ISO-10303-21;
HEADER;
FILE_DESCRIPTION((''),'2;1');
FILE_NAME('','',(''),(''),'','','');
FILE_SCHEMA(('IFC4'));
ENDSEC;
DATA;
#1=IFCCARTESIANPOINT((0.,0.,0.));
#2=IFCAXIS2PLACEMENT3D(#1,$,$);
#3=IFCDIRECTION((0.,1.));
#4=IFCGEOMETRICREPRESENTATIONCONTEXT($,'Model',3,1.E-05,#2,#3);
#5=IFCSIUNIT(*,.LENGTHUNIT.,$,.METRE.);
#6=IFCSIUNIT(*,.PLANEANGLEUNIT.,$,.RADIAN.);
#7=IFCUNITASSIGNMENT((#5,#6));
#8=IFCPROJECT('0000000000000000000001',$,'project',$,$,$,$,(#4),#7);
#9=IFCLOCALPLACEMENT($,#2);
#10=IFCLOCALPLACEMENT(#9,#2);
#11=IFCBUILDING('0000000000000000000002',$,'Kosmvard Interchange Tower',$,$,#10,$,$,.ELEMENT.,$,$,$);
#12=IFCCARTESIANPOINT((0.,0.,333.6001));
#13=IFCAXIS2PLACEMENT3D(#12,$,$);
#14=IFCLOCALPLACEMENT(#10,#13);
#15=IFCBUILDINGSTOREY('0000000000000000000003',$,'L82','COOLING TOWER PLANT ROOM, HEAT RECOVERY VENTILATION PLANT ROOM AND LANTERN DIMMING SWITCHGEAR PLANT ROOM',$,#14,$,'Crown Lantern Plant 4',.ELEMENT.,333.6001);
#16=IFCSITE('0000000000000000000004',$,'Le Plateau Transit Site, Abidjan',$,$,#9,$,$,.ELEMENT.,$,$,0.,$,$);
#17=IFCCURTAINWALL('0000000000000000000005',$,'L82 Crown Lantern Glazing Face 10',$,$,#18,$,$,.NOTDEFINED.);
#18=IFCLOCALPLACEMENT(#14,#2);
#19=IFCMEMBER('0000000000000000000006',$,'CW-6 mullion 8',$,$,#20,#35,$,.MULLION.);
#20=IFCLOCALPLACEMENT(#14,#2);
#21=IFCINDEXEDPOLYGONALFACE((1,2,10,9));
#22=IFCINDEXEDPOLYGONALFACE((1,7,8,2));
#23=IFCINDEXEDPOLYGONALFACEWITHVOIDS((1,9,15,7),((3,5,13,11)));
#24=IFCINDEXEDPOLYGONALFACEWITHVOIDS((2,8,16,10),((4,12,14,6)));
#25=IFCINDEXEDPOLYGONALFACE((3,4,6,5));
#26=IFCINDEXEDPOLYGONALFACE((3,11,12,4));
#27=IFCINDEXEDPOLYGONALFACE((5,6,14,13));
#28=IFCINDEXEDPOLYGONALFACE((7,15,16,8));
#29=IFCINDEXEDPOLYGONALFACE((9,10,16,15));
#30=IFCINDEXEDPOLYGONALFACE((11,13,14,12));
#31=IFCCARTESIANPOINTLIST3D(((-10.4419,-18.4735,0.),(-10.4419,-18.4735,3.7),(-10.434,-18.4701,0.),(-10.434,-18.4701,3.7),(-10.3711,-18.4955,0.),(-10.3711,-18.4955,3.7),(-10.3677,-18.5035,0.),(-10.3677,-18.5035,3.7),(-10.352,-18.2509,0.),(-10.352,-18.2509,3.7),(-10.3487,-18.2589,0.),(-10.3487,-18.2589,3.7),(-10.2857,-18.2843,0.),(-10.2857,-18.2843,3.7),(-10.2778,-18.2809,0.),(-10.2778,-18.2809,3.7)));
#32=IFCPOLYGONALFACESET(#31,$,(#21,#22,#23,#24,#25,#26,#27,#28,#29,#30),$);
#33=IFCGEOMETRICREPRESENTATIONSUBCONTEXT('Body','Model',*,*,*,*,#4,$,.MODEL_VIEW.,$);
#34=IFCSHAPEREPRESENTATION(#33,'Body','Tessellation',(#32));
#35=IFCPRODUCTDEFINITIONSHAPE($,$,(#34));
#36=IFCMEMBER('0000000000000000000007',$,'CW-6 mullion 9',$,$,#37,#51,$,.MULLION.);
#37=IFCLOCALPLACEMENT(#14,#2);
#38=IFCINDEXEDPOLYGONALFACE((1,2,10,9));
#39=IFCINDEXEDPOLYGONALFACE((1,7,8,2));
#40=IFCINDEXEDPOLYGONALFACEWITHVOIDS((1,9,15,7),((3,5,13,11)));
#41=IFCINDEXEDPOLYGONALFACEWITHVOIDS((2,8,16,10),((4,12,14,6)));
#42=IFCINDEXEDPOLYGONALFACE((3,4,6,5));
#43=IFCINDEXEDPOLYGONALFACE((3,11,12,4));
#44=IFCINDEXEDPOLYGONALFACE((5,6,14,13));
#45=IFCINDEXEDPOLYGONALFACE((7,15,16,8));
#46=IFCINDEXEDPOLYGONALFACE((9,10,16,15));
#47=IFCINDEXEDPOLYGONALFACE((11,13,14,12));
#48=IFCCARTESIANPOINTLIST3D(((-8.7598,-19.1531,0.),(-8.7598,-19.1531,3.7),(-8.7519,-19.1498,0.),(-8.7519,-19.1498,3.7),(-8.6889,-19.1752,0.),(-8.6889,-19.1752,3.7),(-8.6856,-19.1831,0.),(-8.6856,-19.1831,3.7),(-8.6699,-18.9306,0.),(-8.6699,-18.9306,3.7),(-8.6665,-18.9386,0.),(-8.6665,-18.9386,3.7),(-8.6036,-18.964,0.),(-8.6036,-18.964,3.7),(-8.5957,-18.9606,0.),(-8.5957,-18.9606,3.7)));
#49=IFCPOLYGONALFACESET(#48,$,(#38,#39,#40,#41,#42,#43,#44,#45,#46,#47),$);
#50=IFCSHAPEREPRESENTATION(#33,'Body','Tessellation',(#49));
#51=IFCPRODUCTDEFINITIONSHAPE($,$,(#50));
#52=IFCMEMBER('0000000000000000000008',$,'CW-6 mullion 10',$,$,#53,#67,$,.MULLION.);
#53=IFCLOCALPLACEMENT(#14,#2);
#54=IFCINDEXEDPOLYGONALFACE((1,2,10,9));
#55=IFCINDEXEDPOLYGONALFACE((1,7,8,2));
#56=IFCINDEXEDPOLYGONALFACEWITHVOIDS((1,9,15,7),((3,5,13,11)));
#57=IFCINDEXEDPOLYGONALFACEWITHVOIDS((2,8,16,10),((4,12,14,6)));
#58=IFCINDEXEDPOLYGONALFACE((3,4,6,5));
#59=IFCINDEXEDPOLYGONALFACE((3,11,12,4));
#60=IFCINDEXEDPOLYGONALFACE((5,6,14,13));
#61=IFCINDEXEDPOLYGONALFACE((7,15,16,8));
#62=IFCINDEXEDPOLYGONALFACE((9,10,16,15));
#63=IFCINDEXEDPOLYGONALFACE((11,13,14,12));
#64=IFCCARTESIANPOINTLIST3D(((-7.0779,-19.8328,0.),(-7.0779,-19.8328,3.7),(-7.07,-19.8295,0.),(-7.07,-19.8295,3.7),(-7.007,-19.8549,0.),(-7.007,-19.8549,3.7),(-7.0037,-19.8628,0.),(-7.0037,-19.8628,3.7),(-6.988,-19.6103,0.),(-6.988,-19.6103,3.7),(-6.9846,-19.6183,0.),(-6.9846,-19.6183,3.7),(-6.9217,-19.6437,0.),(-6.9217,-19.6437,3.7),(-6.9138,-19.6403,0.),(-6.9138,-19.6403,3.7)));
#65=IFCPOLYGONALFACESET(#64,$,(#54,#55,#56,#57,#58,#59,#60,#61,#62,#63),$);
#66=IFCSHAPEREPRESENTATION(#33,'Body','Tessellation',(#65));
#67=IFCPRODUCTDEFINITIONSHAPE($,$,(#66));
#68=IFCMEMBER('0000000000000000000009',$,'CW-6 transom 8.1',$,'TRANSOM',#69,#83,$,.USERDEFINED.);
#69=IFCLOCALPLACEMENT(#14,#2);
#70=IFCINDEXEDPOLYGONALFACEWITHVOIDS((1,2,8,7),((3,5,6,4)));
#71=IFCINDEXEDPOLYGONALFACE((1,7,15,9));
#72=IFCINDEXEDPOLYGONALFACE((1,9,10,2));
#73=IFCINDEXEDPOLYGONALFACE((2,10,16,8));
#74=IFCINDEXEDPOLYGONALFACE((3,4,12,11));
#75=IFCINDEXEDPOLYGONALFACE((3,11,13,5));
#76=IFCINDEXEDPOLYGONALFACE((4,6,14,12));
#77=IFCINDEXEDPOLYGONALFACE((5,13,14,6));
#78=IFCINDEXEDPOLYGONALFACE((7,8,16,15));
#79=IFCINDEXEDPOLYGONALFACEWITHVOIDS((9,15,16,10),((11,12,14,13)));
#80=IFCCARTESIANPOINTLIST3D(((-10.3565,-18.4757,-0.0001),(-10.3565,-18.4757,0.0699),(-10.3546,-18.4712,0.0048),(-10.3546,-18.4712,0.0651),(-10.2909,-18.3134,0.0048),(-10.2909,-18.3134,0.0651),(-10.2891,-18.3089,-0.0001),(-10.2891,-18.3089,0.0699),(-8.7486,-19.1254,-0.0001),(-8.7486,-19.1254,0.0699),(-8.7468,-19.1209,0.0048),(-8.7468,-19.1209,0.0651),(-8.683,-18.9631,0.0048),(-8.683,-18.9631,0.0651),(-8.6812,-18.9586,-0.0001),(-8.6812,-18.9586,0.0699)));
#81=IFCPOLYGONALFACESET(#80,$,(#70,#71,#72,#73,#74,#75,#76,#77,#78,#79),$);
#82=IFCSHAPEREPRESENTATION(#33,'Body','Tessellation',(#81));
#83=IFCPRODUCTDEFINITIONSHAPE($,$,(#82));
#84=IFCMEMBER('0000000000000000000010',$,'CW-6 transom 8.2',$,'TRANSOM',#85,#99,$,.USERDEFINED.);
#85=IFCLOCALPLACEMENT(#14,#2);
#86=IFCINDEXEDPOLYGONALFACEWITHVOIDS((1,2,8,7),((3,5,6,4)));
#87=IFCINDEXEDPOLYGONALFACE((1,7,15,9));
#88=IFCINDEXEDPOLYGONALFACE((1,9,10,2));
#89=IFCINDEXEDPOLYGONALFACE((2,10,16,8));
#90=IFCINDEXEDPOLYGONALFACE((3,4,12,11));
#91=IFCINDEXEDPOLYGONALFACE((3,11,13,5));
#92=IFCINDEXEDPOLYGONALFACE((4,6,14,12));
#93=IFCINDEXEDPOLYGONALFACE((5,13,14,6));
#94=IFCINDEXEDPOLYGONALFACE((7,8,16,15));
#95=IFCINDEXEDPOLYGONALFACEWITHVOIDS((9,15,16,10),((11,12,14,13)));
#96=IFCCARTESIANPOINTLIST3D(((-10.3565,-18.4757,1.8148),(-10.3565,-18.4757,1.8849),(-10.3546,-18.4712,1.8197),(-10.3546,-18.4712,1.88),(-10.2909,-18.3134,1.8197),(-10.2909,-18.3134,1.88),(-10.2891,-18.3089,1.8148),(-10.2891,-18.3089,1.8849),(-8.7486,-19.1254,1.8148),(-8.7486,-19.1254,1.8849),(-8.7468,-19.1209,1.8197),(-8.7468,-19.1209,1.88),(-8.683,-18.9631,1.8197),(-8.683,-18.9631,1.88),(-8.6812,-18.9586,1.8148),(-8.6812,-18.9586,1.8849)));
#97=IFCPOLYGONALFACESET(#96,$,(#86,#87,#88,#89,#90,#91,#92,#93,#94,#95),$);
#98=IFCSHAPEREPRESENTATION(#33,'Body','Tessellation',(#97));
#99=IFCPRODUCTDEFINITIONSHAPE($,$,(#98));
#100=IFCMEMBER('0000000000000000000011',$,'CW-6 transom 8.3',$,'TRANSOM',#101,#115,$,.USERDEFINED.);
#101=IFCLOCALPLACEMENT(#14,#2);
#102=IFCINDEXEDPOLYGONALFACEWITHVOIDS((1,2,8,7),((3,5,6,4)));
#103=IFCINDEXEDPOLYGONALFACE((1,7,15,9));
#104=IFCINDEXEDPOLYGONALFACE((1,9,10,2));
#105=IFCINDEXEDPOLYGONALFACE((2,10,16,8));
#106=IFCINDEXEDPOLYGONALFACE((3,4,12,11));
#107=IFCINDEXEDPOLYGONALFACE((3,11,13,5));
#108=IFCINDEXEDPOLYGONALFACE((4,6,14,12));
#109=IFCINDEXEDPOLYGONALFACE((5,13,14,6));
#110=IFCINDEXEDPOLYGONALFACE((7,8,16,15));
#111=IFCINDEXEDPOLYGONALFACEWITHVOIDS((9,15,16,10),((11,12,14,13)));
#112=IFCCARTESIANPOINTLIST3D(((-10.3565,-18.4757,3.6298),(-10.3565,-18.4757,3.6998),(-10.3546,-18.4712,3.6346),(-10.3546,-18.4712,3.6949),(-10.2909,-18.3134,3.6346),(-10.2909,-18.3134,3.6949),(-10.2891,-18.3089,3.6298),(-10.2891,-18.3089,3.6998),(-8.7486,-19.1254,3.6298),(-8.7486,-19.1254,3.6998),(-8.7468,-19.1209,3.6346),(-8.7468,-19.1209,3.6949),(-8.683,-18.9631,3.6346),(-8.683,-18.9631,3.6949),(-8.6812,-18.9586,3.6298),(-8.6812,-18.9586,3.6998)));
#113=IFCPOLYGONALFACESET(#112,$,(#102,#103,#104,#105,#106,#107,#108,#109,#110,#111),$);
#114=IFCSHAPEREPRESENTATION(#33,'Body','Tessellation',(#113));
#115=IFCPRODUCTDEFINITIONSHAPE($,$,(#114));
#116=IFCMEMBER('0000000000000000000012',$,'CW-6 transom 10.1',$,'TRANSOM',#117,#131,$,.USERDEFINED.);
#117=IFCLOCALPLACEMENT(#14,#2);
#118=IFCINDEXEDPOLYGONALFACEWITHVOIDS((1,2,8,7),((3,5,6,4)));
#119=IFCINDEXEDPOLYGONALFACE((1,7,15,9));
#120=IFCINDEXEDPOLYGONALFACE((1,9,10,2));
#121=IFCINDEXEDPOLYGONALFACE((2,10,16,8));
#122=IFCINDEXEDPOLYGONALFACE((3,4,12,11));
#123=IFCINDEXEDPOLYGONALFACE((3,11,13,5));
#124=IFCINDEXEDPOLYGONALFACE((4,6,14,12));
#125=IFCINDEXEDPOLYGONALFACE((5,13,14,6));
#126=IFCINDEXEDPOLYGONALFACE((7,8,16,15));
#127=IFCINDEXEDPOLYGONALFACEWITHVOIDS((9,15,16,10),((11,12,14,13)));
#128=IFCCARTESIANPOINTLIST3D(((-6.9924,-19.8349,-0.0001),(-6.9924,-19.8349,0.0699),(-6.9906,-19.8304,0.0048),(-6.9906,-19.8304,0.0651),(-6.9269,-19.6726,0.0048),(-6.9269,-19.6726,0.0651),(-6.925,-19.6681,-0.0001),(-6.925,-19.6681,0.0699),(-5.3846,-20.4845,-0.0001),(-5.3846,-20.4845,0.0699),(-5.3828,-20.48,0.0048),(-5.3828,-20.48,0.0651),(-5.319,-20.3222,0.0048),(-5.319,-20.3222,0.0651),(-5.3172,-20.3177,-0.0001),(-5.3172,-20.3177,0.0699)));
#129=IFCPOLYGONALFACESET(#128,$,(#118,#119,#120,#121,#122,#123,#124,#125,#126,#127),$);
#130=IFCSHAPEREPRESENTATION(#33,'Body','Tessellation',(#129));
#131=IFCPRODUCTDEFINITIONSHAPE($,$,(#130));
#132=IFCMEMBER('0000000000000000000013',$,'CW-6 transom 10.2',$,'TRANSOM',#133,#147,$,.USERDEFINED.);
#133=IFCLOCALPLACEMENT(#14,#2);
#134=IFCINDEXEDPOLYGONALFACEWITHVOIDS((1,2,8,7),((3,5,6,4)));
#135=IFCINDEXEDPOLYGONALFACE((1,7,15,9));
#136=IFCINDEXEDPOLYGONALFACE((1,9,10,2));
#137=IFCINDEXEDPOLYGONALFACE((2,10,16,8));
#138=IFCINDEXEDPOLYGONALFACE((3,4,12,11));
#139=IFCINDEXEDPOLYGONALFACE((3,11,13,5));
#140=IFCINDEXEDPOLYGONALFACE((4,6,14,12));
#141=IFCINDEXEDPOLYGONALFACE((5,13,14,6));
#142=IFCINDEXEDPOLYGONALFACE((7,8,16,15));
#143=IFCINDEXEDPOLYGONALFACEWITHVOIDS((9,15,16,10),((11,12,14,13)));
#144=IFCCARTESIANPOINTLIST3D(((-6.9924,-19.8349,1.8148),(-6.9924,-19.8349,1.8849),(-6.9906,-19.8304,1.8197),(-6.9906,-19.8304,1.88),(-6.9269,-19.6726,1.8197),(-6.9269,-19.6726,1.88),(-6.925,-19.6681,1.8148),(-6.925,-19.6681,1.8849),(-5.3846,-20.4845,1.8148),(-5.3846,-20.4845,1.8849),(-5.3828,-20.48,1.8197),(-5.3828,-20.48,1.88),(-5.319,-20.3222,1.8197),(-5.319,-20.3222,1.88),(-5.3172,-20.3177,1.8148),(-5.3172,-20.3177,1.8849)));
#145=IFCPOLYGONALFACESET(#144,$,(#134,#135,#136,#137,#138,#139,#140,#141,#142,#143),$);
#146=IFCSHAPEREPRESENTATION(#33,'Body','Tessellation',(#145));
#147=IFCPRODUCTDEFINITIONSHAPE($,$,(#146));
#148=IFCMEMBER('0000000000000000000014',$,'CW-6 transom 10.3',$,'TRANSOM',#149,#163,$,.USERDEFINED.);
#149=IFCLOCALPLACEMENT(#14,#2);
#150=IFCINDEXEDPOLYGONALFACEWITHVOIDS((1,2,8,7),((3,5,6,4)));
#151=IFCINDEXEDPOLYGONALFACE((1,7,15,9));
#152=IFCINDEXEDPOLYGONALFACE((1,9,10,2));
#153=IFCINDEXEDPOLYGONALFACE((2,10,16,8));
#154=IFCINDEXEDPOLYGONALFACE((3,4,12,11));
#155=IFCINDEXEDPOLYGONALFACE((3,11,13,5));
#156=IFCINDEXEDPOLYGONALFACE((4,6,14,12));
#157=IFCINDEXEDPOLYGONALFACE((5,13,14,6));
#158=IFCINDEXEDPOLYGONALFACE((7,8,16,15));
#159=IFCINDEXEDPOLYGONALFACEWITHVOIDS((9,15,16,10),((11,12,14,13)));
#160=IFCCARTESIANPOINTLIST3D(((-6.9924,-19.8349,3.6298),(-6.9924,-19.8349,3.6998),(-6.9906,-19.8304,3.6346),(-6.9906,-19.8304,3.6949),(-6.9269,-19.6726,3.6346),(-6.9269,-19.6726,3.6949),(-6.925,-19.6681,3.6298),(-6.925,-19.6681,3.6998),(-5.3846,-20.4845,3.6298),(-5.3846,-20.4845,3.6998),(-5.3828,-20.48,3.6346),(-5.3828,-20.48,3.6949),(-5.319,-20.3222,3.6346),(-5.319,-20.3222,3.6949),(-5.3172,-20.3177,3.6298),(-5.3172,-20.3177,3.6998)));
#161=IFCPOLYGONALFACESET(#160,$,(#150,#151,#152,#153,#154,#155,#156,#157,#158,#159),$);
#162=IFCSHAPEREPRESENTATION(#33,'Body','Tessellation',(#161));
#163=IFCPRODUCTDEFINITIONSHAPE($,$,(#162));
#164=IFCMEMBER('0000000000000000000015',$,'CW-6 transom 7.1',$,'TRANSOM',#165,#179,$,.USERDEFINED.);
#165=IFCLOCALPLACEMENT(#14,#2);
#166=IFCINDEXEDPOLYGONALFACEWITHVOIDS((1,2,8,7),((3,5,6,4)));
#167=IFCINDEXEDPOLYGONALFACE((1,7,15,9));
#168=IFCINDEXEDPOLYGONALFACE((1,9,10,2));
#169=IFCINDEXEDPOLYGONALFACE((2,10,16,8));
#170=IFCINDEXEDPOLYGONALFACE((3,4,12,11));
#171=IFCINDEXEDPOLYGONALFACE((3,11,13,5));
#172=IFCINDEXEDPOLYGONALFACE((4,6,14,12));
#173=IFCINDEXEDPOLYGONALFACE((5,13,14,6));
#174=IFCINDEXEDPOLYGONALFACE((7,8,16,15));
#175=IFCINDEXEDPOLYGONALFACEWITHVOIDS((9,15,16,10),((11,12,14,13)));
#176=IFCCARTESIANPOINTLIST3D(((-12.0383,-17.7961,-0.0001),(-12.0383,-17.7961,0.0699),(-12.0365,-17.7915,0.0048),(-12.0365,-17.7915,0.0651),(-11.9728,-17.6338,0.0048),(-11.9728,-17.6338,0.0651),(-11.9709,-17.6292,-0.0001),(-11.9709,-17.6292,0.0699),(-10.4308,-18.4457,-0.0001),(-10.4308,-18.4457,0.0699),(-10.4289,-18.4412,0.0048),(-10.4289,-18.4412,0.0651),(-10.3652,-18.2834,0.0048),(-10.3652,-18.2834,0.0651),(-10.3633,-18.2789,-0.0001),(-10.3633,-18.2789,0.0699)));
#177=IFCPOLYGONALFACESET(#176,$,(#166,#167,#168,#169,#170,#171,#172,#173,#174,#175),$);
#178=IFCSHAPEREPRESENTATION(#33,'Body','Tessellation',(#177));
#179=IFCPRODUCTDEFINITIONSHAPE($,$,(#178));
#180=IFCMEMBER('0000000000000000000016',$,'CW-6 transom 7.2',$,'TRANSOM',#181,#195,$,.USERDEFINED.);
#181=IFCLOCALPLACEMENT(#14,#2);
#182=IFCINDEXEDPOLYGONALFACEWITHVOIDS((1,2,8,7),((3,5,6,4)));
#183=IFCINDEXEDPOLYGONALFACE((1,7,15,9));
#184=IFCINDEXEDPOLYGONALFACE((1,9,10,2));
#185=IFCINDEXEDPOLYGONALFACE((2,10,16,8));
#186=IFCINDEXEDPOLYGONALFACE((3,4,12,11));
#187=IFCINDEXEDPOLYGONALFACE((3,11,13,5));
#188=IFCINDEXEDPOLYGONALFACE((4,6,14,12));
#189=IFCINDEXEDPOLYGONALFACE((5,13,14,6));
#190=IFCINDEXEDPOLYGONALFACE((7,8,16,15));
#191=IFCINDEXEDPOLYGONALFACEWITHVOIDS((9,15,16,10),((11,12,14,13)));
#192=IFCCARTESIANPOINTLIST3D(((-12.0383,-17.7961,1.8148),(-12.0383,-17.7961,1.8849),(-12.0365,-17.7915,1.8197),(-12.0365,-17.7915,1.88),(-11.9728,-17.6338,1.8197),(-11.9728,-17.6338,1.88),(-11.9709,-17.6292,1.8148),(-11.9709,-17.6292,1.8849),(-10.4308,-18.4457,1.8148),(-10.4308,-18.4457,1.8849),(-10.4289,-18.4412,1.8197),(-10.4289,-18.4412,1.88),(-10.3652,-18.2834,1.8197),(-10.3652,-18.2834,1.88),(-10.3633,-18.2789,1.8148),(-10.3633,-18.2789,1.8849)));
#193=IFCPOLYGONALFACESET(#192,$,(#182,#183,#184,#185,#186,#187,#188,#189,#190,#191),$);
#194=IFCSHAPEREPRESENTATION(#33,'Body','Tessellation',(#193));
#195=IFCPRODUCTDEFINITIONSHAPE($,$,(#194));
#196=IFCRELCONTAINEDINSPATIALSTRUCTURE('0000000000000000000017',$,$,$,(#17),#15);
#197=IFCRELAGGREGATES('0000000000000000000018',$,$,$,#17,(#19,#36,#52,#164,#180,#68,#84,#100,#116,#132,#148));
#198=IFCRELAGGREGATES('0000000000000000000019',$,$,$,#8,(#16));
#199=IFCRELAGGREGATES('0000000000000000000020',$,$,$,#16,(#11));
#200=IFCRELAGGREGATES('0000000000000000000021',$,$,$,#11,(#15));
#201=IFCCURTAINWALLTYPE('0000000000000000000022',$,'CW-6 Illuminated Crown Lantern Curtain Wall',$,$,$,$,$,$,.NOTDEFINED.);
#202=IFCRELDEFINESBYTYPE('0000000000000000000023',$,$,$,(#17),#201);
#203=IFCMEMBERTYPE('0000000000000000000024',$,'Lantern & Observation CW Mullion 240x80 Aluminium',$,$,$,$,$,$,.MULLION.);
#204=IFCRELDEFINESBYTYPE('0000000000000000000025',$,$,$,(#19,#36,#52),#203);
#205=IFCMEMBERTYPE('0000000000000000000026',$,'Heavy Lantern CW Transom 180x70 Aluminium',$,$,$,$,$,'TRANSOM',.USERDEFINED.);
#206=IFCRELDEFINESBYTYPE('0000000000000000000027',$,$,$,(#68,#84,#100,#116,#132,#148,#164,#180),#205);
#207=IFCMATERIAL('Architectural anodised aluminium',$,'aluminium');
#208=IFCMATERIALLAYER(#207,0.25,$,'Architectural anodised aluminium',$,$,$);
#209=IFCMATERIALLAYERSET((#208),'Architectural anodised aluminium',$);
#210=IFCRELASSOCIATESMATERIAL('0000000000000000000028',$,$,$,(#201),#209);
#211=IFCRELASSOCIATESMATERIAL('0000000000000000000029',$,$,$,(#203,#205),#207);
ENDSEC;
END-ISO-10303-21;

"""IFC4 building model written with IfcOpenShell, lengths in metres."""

from ifc_helpers import new_model, si_unit, direction, frame, origin, origin_2d, place, context, subcontext, project, spatial, hollow_rectangle, extrude, source, transform, mapped, material, layer, layer_set, material_profile, profile_set, type_object, element, aggregate, save


model = new_model("IFC4")

# Units and contexts
model_context = context("Model", 3, precision=1e-05, world=origin(), true_north=direction((0.0, 1.0)))
body_context = subcontext(model_context, "Body", "Model", "MODEL_VIEW")
ifc_project = project(units=[si_unit("LENGTHUNIT", "METRE"), si_unit("PLANEANGLEUNIT", "RADIAN")], contexts=[model_context])

# Site, building, storey
site_placement = place(None, origin())
site = spatial("IfcSite", under=ifc_project, at=site_placement, Name="Le Plateau Transit Site, Abidjan", CompositionType="ELEMENT", RefElevation=0.0)
building_placement = place(site_placement, origin())
building = spatial("IfcBuilding", under=site, at=building_placement, Name="Kosmvard Interchange Tower", CompositionType="ELEMENT")
storey_placement = place(building_placement, frame((0.0, 0.0, 333.6001)))
storey = spatial("IfcBuildingStorey", under=building, at=storey_placement, Name="L82", Description="COOLING TOWER PLANT ROOM, HEAT RECOVERY VENTILATION PLANT ROOM AND LANTERN DIMMING SWITCHGEAR PLANT ROOM", LongName="Crown Lantern Plant 4", CompositionType="ELEMENT", Elevation=333.6001)

# Curtain wall, members
ifc_material_1 = material(Name="Architectural anodised aluminium", Category="aluminium")
ifc_layer_1 = layer(ifc_material_1, 0.25, Name="Architectural anodised aluminium")
ifc_layer_set_1 = layer_set([ifc_layer_1], Name="Architectural anodised aluminium")
curtain_wall_type = type_object("IfcCurtainWallType", Name="CW-6 Illuminated Crown Lantern Curtain Wall", PredefinedType="NOTDEFINED", material=ifc_layer_set_1)
curtain_wall_placement = place(storey_placement, origin())
curtain_wall = element("IfcCurtainWall", 1, at=curtain_wall_placement, inside=storey, type_object=curtain_wall_type, Name="L82 Crown Lantern Glazing Face 10", PredefinedType="NOTDEFINED")
ifc_material_profile_1 = material_profile(ifc_material_1, hollow_rectangle(XDim=0.24, YDim=0.0801, WallThickness=0.0061, at=origin_2d()), Name="CWM 240x80x6")
ifc_profile_set_1 = profile_set([ifc_material_profile_1], Name="Architectural anodised aluminium")
member_type_1 = type_object("IfcMemberType", Name="Lantern & Observation CW Mullion 240x80 Aluminium", PredefinedType="MULLION", material=ifc_profile_set_1)
shared_shape_1 = source(origin(), body_context, "Body", "SweptSolid", [
    extrude(hollow_rectangle(XDim=0.24, YDim=0.0801, WallThickness=0.0061, at=origin_2d()), origin(), (0.0, 0.0, 1.0), 3.7),
])
member_1_placement = place(storey_placement, frame((-10.3599, -18.3772, 0.0), z_axis=(0.0, 0.0, 1.0), x_axis=(0.374607, 0.927184, 0.0)))
member_1 = element("IfcMember", 2, at=member_1_placement, type_object=member_type_1, Name="CW-6 mullion 8", PredefinedType="MULLION", context=body_context, shape_type="MappedRepresentation", body=[
    mapped(shared_shape_1, transform((0.0, 0.0, 0.0), scale=1.0)),
])
member_2_placement = place(storey_placement, frame((-8.6777, -19.0569, 0.0), z_axis=(0.0, 0.0, 1.0), x_axis=(0.374607, 0.927184, 0.0)))
member_2 = element("IfcMember", 3, at=member_2_placement, type_object=member_type_1, Name="CW-6 mullion 9", PredefinedType="MULLION", context=body_context, shape_type="MappedRepresentation", body=[
    mapped(shared_shape_1, transform((0.0, 0.0, 0.0), scale=1.0)),
])
member_3_placement = place(storey_placement, frame((-6.9958, -19.7366, 0.0), z_axis=(0.0, 0.0, 1.0), x_axis=(0.374607, 0.927184, 0.0)))
member_3 = element("IfcMember", 4, at=member_3_placement, type_object=member_type_1, Name="CW-6 mullion 10", PredefinedType="MULLION", context=body_context, shape_type="MappedRepresentation", body=[
    mapped(shared_shape_1, transform((0.0, 0.0, 0.0), scale=1.0)),
])
ifc_material_profile_2 = material_profile(ifc_material_1, hollow_rectangle(XDim=0.1799, YDim=0.0701, WallThickness=0.0049, at=origin_2d()), Name="CWT 180x70x5")
ifc_profile_set_2 = profile_set([ifc_material_profile_2], Name="Architectural anodised aluminium")
member_type_2 = type_object("IfcMemberType", Name="Heavy Lantern CW Transom 180x70 Aluminium", ElementType="TRANSOM", PredefinedType="USERDEFINED", material=ifc_profile_set_2)
shared_shape_2 = source(origin(), body_context, "Body", "SweptSolid", [
    extrude(hollow_rectangle(XDim=0.1799, YDim=0.0701, WallThickness=0.0049, at=origin_2d()), origin(), (0.0, 0.0, 1.0), 1.7341),
])
member_4_placement = place(storey_placement, frame((-10.3228, -18.3923, 0.0349), z_axis=(0.92718, -0.374617, 0.0), x_axis=(0.374617, 0.92718, 0.0)))
member_4 = element("IfcMember", 5, at=member_4_placement, type_object=member_type_2, Name="CW-6 transom 8.1", ObjectType="TRANSOM", PredefinedType="USERDEFINED", context=body_context, shape_type="MappedRepresentation", body=[
    mapped(shared_shape_2, transform((0.0, 0.0, 0.0), scale=1.0)),
])
member_5_placement = place(storey_placement, frame((-10.3228, -18.3923, 1.8499), z_axis=(0.92718, -0.374617, 0.0), x_axis=(0.374617, 0.92718, 0.0)))
member_5 = element("IfcMember", 6, at=member_5_placement, type_object=member_type_2, Name="CW-6 transom 8.2", ObjectType="TRANSOM", PredefinedType="USERDEFINED", context=body_context, shape_type="MappedRepresentation", body=[
    mapped(shared_shape_2, transform((0.0, 0.0, 0.0), scale=1.0)),
])
member_6_placement = place(storey_placement, frame((-10.3228, -18.3923, 3.6648), z_axis=(0.92718, -0.374617, 0.0), x_axis=(0.374617, 0.92718, 0.0)))
member_6 = element("IfcMember", 7, at=member_6_placement, type_object=member_type_2, Name="CW-6 transom 8.3", ObjectType="TRANSOM", PredefinedType="USERDEFINED", context=body_context, shape_type="MappedRepresentation", body=[
    mapped(shared_shape_2, transform((0.0, 0.0, 0.0), scale=1.0)),
])
member_7_placement = place(storey_placement, frame((-6.9587, -19.7515, 0.0349), z_axis=(0.92718, -0.374617, 0.0), x_axis=(0.374617, 0.92718, 0.0)))
member_7 = element("IfcMember", 8, at=member_7_placement, type_object=member_type_2, Name="CW-6 transom 10.1", ObjectType="TRANSOM", PredefinedType="USERDEFINED", context=body_context, shape_type="MappedRepresentation", body=[
    mapped(shared_shape_2, transform((0.0, 0.0, 0.0), scale=1.0)),
])
member_8_placement = place(storey_placement, frame((-6.9587, -19.7515, 1.8499), z_axis=(0.92718, -0.374617, 0.0), x_axis=(0.374617, 0.92718, 0.0)))
member_8 = element("IfcMember", 9, at=member_8_placement, type_object=member_type_2, Name="CW-6 transom 10.2", ObjectType="TRANSOM", PredefinedType="USERDEFINED", context=body_context, shape_type="MappedRepresentation", body=[
    mapped(shared_shape_2, transform((0.0, 0.0, 0.0), scale=1.0)),
])
member_9_placement = place(storey_placement, frame((-6.9587, -19.7515, 3.6648), z_axis=(0.92718, -0.374617, 0.0), x_axis=(0.374617, 0.92718, 0.0)))
member_9 = element("IfcMember", 10, at=member_9_placement, type_object=member_type_2, Name="CW-6 transom 10.3", ObjectType="TRANSOM", PredefinedType="USERDEFINED", context=body_context, shape_type="MappedRepresentation", body=[
    mapped(shared_shape_2, transform((0.0, 0.0, 0.0), scale=1.0)),
])
shared_shape_3 = source(origin(), body_context, "Body", "SweptSolid", [
    extrude(hollow_rectangle(XDim=0.1799, YDim=0.0701, WallThickness=0.0049, at=origin_2d()), origin(), (0.0, 0.0, 1.0), 1.7339),
])
member_10_placement = place(storey_placement, frame((-12.0046, -17.7126, 0.0349), z_axis=(0.92716, -0.374666, 0.0), x_axis=(0.374666, 0.92716, 0.0)))
member_10 = element("IfcMember", 11, at=member_10_placement, type_object=member_type_2, Name="CW-6 transom 7.1", ObjectType="TRANSOM", PredefinedType="USERDEFINED", context=body_context, shape_type="MappedRepresentation", body=[
    mapped(shared_shape_3, transform((0.0, 0.0, 0.0), scale=1.0)),
])
member_11_placement = place(storey_placement, frame((-12.0046, -17.7126, 1.8499), z_axis=(0.92716, -0.374666, 0.0), x_axis=(0.374666, 0.92716, 0.0)))
member_11 = element("IfcMember", 12, at=member_11_placement, type_object=member_type_2, Name="CW-6 transom 7.2", ObjectType="TRANSOM", PredefinedType="USERDEFINED", context=body_context, shape_type="MappedRepresentation", body=[
    mapped(shared_shape_3, transform((0.0, 0.0, 0.0), scale=1.0)),
])
aggregate(curtain_wall, [member_1, member_2, member_3, member_10, member_11, member_4, member_5, member_6, member_7, member_8, member_9])

save(model, "model.ifc")
